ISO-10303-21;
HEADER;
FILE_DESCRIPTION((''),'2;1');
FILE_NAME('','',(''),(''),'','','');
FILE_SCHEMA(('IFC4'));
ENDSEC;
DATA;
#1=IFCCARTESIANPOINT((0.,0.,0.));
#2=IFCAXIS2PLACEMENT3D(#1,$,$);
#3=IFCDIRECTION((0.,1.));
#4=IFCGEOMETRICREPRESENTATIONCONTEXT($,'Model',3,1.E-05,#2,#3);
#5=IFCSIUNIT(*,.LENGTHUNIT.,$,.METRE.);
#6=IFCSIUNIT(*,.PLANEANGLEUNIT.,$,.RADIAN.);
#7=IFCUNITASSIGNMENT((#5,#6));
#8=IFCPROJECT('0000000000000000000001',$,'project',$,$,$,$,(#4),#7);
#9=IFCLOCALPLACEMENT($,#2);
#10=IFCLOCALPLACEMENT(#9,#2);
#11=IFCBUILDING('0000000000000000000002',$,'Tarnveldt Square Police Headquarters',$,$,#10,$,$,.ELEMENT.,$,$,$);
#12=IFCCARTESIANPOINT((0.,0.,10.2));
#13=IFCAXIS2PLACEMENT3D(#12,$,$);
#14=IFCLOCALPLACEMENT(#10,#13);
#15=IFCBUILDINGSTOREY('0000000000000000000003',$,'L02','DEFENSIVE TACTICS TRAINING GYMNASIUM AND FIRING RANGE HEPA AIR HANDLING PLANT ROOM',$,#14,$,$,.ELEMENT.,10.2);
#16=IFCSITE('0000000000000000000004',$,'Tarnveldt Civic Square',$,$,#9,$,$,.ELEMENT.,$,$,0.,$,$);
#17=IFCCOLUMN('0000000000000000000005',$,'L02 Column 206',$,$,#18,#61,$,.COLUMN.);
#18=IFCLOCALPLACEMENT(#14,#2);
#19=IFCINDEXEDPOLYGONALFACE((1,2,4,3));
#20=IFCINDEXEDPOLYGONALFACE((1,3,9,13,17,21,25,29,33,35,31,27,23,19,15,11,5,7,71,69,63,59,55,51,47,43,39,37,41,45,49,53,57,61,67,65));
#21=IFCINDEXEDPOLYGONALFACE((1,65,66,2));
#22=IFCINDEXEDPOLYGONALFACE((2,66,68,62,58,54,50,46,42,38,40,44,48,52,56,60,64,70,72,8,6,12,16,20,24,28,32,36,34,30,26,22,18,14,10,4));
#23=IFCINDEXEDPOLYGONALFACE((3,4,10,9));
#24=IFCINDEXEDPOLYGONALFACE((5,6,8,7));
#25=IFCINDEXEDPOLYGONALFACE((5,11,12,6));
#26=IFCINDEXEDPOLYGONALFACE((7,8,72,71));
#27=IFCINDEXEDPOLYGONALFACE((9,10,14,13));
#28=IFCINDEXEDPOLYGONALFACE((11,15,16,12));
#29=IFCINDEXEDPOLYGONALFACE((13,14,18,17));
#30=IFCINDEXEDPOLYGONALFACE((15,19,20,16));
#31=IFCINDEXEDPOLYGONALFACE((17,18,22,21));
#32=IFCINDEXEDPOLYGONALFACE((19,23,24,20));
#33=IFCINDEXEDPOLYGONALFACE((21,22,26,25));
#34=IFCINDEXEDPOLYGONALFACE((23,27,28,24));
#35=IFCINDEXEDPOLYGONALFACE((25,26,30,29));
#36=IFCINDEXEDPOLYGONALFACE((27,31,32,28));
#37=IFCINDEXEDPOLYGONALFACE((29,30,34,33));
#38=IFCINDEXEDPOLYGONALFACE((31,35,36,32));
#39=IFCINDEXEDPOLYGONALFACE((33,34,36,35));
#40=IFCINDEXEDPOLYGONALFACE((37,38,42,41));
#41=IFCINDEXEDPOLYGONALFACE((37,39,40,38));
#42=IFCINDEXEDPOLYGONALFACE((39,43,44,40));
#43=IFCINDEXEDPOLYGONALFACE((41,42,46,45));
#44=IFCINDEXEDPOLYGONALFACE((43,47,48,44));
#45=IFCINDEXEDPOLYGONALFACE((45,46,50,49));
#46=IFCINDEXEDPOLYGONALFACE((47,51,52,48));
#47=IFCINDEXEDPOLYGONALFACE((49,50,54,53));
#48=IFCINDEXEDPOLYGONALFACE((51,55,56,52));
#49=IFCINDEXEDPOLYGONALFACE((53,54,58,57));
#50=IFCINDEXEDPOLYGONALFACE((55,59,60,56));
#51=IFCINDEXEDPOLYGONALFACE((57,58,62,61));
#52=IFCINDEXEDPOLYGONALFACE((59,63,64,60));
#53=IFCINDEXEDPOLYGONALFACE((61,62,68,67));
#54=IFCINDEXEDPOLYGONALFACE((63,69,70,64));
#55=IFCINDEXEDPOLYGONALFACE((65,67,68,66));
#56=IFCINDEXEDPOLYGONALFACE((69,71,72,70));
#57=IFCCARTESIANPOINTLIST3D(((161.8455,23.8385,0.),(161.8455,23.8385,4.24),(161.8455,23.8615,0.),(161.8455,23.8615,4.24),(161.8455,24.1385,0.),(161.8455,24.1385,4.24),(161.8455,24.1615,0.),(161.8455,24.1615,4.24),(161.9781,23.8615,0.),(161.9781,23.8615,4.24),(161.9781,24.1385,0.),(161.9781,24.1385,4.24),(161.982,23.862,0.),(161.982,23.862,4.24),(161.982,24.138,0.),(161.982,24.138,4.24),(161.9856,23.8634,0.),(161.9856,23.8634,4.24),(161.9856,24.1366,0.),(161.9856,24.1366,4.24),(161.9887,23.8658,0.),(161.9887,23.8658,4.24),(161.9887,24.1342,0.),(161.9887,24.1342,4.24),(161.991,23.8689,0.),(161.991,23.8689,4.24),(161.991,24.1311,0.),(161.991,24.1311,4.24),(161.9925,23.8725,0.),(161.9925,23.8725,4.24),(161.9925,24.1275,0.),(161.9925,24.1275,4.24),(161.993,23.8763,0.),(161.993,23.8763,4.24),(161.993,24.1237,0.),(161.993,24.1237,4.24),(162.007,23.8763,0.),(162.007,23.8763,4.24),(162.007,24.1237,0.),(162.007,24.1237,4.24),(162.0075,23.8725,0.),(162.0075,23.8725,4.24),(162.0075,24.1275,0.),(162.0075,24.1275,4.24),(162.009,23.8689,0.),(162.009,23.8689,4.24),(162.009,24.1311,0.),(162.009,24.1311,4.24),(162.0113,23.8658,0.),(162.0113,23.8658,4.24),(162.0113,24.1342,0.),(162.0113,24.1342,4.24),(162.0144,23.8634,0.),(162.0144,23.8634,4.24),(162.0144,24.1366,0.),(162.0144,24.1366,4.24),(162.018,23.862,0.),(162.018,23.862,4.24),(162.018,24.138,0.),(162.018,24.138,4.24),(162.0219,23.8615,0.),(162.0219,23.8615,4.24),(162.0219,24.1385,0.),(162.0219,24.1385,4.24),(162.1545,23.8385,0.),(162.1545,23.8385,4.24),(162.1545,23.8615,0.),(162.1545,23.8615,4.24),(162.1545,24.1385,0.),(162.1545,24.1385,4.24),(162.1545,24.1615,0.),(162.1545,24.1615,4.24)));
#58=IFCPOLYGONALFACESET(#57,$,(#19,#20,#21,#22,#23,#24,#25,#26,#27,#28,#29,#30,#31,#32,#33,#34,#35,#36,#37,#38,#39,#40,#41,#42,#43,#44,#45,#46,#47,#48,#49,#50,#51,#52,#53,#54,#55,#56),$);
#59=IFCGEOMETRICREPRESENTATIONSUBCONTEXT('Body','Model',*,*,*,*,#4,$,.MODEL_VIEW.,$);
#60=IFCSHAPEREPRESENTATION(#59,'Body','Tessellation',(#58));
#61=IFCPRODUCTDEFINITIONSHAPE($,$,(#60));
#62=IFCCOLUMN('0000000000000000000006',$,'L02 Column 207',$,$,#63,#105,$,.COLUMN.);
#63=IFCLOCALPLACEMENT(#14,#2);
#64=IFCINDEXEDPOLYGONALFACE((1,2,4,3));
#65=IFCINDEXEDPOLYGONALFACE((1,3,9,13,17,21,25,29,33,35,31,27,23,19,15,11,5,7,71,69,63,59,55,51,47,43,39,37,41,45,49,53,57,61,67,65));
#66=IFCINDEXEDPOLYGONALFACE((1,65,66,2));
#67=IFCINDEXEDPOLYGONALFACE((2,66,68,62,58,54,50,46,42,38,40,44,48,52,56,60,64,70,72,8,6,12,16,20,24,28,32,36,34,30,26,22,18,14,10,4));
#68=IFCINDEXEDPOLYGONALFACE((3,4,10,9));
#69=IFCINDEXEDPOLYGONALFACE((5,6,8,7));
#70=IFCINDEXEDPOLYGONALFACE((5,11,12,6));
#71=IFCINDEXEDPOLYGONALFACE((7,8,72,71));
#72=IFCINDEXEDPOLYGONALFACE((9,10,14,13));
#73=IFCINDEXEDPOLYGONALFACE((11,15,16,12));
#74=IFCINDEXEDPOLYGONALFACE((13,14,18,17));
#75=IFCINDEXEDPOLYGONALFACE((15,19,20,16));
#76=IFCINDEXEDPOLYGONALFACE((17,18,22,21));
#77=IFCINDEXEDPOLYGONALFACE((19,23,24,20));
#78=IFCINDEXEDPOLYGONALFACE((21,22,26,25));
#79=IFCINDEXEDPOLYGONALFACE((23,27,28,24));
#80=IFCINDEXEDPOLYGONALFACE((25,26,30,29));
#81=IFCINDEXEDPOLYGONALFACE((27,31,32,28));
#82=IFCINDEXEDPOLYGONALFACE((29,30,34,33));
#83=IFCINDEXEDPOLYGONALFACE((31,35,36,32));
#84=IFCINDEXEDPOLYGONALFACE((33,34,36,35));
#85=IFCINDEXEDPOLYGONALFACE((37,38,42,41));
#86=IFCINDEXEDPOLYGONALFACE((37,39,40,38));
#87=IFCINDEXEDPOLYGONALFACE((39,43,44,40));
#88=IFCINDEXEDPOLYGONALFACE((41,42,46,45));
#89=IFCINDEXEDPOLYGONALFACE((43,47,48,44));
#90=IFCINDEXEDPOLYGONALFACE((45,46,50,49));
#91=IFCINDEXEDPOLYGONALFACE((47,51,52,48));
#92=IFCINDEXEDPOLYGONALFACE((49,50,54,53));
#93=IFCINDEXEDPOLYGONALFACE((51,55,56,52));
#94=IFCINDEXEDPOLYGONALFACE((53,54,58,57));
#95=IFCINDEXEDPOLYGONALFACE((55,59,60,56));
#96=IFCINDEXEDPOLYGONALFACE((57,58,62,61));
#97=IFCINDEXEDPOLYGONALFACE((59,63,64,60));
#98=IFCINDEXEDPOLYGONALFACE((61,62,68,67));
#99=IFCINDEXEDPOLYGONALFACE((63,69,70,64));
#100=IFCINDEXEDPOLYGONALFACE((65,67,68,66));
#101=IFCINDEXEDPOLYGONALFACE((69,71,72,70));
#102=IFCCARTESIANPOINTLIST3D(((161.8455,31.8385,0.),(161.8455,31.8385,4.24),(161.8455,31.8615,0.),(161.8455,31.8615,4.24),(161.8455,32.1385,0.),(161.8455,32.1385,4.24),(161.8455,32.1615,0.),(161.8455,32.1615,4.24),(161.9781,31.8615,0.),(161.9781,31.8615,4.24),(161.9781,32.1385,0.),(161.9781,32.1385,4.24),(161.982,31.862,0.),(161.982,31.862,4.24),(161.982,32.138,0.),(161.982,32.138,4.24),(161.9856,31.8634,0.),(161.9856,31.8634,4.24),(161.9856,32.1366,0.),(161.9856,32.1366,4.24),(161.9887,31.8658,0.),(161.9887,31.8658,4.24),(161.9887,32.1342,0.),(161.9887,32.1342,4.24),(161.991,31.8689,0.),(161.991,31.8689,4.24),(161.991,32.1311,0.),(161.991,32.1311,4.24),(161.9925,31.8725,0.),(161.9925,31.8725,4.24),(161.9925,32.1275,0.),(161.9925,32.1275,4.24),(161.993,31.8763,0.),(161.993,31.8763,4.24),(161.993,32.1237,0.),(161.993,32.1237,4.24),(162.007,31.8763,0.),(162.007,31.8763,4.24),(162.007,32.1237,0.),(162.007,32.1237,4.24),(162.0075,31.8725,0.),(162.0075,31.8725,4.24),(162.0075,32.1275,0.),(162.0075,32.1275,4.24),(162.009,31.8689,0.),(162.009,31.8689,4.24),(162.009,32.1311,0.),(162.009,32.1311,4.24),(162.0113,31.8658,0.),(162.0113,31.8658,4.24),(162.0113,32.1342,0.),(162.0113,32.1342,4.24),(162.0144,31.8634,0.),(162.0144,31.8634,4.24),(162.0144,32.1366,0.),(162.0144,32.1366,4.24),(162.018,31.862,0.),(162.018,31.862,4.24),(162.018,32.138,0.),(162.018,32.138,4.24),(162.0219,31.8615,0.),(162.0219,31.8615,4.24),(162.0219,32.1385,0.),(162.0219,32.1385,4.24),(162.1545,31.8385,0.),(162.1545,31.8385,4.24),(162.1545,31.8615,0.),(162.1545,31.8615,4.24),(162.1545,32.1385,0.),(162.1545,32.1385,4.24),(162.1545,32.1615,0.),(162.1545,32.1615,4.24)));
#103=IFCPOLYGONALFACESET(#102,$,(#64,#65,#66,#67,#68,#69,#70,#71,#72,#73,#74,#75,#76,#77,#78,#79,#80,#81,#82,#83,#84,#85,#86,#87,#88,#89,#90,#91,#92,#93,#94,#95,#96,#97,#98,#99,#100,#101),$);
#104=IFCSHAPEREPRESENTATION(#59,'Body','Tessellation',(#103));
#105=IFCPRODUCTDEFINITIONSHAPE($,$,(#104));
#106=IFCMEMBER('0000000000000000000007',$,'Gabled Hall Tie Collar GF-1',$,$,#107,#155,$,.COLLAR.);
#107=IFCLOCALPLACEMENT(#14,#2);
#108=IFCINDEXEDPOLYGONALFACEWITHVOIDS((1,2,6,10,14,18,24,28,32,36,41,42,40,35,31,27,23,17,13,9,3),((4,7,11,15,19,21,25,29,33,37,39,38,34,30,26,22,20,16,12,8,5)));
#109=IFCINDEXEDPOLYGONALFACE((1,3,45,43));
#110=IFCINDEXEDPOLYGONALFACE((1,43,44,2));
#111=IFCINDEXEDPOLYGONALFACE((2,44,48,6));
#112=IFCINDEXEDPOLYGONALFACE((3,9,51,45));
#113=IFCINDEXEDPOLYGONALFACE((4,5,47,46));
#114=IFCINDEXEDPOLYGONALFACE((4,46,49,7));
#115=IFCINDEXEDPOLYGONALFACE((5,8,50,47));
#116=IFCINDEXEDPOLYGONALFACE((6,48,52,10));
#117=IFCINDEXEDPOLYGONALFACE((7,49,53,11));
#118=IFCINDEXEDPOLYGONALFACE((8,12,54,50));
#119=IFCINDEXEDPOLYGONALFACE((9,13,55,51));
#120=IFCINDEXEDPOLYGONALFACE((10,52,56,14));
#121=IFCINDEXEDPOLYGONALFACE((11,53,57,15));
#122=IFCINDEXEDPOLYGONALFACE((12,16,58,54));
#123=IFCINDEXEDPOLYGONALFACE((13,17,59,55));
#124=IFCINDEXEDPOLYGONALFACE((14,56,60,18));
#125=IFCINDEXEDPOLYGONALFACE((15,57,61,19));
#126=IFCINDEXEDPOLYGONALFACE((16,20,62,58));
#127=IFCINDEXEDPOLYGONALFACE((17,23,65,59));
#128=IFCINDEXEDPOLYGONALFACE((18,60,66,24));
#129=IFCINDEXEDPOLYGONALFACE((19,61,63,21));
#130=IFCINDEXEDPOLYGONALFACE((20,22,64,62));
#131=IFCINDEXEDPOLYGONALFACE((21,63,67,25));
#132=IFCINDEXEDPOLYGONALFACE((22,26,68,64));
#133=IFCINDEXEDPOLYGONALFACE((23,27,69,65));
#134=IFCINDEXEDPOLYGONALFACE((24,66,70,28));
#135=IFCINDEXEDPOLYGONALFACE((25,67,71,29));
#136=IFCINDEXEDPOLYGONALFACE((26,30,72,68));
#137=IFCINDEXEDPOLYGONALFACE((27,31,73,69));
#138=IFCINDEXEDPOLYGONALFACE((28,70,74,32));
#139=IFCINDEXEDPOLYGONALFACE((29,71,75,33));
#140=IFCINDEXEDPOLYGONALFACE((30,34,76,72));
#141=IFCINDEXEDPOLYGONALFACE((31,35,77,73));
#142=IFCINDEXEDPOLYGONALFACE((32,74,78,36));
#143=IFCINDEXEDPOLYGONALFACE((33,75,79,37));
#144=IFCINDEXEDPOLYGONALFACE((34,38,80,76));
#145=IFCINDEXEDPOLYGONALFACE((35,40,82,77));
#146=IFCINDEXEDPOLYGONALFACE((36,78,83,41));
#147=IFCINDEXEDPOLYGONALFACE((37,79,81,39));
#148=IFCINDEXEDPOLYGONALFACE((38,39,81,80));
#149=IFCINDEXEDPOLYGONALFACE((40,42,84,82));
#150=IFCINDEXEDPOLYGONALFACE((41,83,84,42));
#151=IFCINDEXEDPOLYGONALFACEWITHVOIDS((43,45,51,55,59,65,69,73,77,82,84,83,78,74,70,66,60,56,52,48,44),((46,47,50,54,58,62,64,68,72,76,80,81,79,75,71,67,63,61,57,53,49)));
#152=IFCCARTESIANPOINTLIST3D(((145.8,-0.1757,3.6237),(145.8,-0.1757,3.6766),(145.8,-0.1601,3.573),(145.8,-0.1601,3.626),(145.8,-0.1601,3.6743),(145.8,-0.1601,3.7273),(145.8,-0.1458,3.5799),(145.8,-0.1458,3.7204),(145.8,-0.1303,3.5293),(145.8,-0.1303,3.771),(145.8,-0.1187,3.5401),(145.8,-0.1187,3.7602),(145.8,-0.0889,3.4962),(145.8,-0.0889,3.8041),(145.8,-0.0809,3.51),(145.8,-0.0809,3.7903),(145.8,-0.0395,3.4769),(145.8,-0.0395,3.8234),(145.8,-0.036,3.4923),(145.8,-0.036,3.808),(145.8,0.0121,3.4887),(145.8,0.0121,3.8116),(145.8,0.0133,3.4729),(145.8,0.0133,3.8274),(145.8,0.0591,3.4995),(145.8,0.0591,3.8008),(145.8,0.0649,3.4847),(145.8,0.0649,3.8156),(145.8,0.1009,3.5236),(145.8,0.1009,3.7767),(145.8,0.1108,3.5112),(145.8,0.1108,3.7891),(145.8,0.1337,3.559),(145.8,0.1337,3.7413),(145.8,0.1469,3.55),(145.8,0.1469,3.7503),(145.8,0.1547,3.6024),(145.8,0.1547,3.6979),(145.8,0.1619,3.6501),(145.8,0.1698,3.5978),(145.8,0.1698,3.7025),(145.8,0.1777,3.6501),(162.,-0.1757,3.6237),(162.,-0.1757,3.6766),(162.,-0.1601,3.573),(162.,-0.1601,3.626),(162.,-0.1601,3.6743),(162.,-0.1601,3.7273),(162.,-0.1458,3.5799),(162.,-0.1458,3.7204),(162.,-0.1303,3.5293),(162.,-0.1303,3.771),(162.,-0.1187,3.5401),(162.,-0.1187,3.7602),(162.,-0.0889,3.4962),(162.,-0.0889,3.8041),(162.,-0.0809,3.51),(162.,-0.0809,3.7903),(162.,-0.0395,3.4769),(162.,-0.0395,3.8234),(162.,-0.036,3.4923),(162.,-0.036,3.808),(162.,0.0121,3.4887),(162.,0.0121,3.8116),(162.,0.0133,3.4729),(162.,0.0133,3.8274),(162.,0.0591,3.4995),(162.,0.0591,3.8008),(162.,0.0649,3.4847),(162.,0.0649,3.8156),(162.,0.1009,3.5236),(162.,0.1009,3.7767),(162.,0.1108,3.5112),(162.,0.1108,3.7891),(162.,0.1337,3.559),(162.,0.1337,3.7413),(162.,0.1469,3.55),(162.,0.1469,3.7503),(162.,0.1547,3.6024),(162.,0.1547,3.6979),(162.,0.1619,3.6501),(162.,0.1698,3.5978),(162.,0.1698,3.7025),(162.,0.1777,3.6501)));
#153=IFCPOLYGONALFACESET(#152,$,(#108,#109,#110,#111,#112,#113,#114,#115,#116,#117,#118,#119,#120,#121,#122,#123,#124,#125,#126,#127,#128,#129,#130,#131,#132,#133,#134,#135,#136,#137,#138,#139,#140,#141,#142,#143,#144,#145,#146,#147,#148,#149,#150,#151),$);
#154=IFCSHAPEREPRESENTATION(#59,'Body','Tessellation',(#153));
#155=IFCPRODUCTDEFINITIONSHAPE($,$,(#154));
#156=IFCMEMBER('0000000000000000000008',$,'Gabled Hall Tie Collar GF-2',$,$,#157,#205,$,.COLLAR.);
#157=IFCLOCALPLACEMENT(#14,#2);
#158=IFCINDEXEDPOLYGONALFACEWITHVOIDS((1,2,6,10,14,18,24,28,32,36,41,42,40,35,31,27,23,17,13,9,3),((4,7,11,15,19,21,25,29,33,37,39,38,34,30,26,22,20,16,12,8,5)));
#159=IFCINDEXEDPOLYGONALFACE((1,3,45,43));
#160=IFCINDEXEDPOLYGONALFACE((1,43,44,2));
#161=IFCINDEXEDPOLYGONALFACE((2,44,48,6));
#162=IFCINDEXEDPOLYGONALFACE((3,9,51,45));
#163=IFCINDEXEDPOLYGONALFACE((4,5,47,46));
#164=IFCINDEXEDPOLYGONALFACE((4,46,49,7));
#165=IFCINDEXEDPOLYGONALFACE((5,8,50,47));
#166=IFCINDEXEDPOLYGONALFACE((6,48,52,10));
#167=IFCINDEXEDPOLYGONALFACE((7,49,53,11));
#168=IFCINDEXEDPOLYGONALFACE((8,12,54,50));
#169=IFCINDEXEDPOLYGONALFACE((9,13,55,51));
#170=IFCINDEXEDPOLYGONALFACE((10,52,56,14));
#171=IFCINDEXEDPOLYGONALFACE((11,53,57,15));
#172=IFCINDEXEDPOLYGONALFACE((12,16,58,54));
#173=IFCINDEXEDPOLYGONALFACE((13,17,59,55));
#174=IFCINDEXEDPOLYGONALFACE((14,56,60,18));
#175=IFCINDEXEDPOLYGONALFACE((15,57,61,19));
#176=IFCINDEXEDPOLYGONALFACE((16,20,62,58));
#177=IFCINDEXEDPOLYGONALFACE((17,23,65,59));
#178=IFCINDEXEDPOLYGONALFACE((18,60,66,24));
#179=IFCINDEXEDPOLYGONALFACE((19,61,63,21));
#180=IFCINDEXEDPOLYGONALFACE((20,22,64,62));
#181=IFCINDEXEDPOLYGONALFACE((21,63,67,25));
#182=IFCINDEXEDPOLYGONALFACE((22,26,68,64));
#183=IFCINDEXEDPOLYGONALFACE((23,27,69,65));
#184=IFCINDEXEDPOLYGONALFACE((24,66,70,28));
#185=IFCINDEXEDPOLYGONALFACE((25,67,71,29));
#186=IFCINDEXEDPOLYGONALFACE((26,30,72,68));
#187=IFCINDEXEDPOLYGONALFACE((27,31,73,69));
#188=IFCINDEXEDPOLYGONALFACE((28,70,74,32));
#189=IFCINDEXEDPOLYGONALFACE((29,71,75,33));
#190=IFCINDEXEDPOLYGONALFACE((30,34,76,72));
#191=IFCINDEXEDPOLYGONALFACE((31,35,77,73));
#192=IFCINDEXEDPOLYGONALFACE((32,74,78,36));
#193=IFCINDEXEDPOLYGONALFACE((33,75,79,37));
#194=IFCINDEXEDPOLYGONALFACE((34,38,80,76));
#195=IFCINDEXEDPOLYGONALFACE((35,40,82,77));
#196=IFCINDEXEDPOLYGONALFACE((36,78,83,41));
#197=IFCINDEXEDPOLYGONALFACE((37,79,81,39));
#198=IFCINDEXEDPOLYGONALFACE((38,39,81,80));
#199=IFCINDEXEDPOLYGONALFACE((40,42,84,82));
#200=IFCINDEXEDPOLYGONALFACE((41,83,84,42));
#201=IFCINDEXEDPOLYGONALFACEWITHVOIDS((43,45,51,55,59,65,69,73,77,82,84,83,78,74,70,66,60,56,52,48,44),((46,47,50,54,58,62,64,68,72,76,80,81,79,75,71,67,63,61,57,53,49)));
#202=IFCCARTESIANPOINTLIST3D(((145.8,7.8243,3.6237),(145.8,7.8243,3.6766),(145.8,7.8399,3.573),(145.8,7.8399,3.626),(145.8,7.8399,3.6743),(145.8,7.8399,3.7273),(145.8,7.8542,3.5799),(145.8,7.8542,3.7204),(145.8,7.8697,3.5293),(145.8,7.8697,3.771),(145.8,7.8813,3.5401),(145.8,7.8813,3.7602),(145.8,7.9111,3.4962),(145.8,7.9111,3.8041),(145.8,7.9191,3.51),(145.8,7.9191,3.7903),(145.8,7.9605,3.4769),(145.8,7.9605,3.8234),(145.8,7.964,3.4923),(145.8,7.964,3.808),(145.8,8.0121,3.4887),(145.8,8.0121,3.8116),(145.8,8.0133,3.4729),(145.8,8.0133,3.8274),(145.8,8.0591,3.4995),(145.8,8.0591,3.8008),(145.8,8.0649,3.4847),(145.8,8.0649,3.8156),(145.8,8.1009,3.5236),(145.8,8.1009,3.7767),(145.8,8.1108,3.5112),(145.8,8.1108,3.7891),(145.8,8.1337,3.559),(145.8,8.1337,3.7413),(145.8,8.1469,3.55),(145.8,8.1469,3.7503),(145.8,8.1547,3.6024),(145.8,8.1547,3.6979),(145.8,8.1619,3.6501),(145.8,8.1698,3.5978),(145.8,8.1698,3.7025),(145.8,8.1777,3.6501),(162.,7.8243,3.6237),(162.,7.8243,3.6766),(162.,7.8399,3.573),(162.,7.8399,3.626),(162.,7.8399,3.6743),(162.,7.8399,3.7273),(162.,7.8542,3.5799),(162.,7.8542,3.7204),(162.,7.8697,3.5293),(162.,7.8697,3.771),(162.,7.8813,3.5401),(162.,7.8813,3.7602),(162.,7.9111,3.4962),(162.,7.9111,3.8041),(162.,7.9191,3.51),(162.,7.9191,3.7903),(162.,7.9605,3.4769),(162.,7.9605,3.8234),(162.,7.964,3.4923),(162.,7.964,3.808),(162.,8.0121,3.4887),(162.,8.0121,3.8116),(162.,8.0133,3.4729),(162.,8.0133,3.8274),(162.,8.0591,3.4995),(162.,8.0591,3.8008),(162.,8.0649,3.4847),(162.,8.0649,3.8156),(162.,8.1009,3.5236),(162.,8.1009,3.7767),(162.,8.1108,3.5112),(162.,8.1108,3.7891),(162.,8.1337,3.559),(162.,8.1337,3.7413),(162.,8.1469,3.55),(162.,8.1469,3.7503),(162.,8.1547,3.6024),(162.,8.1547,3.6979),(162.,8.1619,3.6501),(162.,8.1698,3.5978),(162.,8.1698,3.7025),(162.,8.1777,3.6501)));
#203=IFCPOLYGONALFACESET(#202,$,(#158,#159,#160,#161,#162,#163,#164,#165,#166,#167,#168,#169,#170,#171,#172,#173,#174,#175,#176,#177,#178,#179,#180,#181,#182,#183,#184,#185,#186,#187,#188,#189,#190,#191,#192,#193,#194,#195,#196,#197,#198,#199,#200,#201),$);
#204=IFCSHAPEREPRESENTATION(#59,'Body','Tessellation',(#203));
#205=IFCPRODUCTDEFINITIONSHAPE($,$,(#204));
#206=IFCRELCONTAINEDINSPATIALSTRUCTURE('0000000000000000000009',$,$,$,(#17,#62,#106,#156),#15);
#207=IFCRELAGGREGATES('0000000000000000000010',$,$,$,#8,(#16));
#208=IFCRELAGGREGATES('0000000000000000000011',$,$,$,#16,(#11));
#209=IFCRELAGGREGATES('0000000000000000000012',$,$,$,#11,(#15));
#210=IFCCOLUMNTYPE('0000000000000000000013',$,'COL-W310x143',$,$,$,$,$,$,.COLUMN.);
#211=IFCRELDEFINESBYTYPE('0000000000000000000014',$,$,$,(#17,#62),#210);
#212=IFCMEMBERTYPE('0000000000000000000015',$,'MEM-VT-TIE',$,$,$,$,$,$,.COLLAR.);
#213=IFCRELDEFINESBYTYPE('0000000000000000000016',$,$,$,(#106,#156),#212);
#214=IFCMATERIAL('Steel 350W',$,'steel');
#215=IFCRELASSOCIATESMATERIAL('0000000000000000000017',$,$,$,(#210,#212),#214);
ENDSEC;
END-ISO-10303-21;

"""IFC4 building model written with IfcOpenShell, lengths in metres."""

from ifc_helpers import new_model, si_unit, direction, frame, origin, origin_2d, place, context, subcontext, project, spatial, hollow_circle, i_section, extrude, material, material_profile, profile_set, type_object, element, save


model = new_model("IFC4")

# Units and contexts
model_context = context("Model", 3, precision=1e-05, world=origin(), true_north=direction((0.0, 1.0)))
body_context = subcontext(model_context, "Body", "Model", "MODEL_VIEW")
ifc_project = project(units=[si_unit("LENGTHUNIT", "METRE"), si_unit("PLANEANGLEUNIT", "RADIAN")], contexts=[model_context])

# Site, building, storey
site_placement = place(None, origin())
site = spatial("IfcSite", under=ifc_project, at=site_placement, Name="Tarnveldt Civic Square", CompositionType="ELEMENT", RefElevation=0.0)
building_placement = place(site_placement, origin())
building = spatial("IfcBuilding", under=site, at=building_placement, Name="Tarnveldt Square Police Headquarters", CompositionType="ELEMENT")
storey_placement = place(building_placement, frame((0.0, 0.0, 10.2)))
storey = spatial("IfcBuildingStorey", under=building, at=storey_placement, Name="L02", Description="DEFENSIVE TACTICS TRAINING GYMNASIUM AND FIRING RANGE HEPA AIR HANDLING PLANT ROOM", CompositionType="ELEMENT", Elevation=10.2)

# Columns
ifc_material_1 = material(Name="Steel 350W", Category="steel")
ifc_material_profile_1 = material_profile(ifc_material_1, i_section(OverallWidth=0.3091, OverallDepth=0.323, WebThickness=0.0139, FlangeThickness=0.0229, FilletRadius=0.0149, at=origin_2d()), Name="W310x143")
ifc_profile_set_1 = profile_set([ifc_material_profile_1], Name="Steel 350W")
column_type = type_object("IfcColumnType", Name="COL-W310x143", PredefinedType="COLUMN", material=ifc_profile_set_1)
for number, where, z_axis, x_axis, name in (
    (1, (162.0, 24.0, 0.0), (0.0, 0.0, 1.0), (1.0, 0.0, 0.0), "L02 Column 206"),
    (2, (162.0, 32.0, 0.0), (0.0, 0.0, 1.0), (1.0, 0.0, 0.0), "L02 Column 207"),
):
    element("IfcColumn", number, at=place(storey_placement, frame(where, z_axis=z_axis, x_axis=x_axis)), inside=storey, type_object=column_type, Name=name, PredefinedType="COLUMN", context=body_context, shape_type="SweptSolid", body=[
        extrude(i_section(OverallWidth=0.3091, OverallDepth=0.323, WebThickness=0.0139, FlangeThickness=0.0229, FilletRadius=0.0149, at=origin_2d()), origin(), (0.0, 0.0, 1.0), 4.24),
    ])

# Members
ifc_material_profile_2 = material_profile(ifc_material_1, hollow_circle(Radius=0.1777, WallThickness=0.0159, at=origin_2d()), Name="HSS356x16")
ifc_profile_set_2 = profile_set([ifc_material_profile_2], Name="Steel 350W")
member_type = type_object("IfcMemberType", Name="MEM-VT-TIE", PredefinedType="COLLAR", material=ifc_profile_set_2)
for number, where, z_axis, x_axis, name in (
    (3, (145.8, 0.0, 3.6501), (1.0, 0.0, 0.0), (0.0, 1.0, 0.0), "Gabled Hall Tie Collar GF-1"),
    (4, (145.8, 8.0, 3.6501), (1.0, 0.0, 0.0), (0.0, 1.0, 0.0), "Gabled Hall Tie Collar GF-2"),
):
    element("IfcMember", number, at=place(storey_placement, frame(where, z_axis=z_axis, x_axis=x_axis)), inside=storey, type_object=member_type, Name=name, PredefinedType="COLLAR", context=body_context, shape_type="SweptSolid", body=[
        extrude(hollow_circle(Radius=0.1777, WallThickness=0.0159, at=origin_2d()), origin(), (0.0, 0.0, 1.0), 16.2),
    ])

save(model, "model.ifc")
